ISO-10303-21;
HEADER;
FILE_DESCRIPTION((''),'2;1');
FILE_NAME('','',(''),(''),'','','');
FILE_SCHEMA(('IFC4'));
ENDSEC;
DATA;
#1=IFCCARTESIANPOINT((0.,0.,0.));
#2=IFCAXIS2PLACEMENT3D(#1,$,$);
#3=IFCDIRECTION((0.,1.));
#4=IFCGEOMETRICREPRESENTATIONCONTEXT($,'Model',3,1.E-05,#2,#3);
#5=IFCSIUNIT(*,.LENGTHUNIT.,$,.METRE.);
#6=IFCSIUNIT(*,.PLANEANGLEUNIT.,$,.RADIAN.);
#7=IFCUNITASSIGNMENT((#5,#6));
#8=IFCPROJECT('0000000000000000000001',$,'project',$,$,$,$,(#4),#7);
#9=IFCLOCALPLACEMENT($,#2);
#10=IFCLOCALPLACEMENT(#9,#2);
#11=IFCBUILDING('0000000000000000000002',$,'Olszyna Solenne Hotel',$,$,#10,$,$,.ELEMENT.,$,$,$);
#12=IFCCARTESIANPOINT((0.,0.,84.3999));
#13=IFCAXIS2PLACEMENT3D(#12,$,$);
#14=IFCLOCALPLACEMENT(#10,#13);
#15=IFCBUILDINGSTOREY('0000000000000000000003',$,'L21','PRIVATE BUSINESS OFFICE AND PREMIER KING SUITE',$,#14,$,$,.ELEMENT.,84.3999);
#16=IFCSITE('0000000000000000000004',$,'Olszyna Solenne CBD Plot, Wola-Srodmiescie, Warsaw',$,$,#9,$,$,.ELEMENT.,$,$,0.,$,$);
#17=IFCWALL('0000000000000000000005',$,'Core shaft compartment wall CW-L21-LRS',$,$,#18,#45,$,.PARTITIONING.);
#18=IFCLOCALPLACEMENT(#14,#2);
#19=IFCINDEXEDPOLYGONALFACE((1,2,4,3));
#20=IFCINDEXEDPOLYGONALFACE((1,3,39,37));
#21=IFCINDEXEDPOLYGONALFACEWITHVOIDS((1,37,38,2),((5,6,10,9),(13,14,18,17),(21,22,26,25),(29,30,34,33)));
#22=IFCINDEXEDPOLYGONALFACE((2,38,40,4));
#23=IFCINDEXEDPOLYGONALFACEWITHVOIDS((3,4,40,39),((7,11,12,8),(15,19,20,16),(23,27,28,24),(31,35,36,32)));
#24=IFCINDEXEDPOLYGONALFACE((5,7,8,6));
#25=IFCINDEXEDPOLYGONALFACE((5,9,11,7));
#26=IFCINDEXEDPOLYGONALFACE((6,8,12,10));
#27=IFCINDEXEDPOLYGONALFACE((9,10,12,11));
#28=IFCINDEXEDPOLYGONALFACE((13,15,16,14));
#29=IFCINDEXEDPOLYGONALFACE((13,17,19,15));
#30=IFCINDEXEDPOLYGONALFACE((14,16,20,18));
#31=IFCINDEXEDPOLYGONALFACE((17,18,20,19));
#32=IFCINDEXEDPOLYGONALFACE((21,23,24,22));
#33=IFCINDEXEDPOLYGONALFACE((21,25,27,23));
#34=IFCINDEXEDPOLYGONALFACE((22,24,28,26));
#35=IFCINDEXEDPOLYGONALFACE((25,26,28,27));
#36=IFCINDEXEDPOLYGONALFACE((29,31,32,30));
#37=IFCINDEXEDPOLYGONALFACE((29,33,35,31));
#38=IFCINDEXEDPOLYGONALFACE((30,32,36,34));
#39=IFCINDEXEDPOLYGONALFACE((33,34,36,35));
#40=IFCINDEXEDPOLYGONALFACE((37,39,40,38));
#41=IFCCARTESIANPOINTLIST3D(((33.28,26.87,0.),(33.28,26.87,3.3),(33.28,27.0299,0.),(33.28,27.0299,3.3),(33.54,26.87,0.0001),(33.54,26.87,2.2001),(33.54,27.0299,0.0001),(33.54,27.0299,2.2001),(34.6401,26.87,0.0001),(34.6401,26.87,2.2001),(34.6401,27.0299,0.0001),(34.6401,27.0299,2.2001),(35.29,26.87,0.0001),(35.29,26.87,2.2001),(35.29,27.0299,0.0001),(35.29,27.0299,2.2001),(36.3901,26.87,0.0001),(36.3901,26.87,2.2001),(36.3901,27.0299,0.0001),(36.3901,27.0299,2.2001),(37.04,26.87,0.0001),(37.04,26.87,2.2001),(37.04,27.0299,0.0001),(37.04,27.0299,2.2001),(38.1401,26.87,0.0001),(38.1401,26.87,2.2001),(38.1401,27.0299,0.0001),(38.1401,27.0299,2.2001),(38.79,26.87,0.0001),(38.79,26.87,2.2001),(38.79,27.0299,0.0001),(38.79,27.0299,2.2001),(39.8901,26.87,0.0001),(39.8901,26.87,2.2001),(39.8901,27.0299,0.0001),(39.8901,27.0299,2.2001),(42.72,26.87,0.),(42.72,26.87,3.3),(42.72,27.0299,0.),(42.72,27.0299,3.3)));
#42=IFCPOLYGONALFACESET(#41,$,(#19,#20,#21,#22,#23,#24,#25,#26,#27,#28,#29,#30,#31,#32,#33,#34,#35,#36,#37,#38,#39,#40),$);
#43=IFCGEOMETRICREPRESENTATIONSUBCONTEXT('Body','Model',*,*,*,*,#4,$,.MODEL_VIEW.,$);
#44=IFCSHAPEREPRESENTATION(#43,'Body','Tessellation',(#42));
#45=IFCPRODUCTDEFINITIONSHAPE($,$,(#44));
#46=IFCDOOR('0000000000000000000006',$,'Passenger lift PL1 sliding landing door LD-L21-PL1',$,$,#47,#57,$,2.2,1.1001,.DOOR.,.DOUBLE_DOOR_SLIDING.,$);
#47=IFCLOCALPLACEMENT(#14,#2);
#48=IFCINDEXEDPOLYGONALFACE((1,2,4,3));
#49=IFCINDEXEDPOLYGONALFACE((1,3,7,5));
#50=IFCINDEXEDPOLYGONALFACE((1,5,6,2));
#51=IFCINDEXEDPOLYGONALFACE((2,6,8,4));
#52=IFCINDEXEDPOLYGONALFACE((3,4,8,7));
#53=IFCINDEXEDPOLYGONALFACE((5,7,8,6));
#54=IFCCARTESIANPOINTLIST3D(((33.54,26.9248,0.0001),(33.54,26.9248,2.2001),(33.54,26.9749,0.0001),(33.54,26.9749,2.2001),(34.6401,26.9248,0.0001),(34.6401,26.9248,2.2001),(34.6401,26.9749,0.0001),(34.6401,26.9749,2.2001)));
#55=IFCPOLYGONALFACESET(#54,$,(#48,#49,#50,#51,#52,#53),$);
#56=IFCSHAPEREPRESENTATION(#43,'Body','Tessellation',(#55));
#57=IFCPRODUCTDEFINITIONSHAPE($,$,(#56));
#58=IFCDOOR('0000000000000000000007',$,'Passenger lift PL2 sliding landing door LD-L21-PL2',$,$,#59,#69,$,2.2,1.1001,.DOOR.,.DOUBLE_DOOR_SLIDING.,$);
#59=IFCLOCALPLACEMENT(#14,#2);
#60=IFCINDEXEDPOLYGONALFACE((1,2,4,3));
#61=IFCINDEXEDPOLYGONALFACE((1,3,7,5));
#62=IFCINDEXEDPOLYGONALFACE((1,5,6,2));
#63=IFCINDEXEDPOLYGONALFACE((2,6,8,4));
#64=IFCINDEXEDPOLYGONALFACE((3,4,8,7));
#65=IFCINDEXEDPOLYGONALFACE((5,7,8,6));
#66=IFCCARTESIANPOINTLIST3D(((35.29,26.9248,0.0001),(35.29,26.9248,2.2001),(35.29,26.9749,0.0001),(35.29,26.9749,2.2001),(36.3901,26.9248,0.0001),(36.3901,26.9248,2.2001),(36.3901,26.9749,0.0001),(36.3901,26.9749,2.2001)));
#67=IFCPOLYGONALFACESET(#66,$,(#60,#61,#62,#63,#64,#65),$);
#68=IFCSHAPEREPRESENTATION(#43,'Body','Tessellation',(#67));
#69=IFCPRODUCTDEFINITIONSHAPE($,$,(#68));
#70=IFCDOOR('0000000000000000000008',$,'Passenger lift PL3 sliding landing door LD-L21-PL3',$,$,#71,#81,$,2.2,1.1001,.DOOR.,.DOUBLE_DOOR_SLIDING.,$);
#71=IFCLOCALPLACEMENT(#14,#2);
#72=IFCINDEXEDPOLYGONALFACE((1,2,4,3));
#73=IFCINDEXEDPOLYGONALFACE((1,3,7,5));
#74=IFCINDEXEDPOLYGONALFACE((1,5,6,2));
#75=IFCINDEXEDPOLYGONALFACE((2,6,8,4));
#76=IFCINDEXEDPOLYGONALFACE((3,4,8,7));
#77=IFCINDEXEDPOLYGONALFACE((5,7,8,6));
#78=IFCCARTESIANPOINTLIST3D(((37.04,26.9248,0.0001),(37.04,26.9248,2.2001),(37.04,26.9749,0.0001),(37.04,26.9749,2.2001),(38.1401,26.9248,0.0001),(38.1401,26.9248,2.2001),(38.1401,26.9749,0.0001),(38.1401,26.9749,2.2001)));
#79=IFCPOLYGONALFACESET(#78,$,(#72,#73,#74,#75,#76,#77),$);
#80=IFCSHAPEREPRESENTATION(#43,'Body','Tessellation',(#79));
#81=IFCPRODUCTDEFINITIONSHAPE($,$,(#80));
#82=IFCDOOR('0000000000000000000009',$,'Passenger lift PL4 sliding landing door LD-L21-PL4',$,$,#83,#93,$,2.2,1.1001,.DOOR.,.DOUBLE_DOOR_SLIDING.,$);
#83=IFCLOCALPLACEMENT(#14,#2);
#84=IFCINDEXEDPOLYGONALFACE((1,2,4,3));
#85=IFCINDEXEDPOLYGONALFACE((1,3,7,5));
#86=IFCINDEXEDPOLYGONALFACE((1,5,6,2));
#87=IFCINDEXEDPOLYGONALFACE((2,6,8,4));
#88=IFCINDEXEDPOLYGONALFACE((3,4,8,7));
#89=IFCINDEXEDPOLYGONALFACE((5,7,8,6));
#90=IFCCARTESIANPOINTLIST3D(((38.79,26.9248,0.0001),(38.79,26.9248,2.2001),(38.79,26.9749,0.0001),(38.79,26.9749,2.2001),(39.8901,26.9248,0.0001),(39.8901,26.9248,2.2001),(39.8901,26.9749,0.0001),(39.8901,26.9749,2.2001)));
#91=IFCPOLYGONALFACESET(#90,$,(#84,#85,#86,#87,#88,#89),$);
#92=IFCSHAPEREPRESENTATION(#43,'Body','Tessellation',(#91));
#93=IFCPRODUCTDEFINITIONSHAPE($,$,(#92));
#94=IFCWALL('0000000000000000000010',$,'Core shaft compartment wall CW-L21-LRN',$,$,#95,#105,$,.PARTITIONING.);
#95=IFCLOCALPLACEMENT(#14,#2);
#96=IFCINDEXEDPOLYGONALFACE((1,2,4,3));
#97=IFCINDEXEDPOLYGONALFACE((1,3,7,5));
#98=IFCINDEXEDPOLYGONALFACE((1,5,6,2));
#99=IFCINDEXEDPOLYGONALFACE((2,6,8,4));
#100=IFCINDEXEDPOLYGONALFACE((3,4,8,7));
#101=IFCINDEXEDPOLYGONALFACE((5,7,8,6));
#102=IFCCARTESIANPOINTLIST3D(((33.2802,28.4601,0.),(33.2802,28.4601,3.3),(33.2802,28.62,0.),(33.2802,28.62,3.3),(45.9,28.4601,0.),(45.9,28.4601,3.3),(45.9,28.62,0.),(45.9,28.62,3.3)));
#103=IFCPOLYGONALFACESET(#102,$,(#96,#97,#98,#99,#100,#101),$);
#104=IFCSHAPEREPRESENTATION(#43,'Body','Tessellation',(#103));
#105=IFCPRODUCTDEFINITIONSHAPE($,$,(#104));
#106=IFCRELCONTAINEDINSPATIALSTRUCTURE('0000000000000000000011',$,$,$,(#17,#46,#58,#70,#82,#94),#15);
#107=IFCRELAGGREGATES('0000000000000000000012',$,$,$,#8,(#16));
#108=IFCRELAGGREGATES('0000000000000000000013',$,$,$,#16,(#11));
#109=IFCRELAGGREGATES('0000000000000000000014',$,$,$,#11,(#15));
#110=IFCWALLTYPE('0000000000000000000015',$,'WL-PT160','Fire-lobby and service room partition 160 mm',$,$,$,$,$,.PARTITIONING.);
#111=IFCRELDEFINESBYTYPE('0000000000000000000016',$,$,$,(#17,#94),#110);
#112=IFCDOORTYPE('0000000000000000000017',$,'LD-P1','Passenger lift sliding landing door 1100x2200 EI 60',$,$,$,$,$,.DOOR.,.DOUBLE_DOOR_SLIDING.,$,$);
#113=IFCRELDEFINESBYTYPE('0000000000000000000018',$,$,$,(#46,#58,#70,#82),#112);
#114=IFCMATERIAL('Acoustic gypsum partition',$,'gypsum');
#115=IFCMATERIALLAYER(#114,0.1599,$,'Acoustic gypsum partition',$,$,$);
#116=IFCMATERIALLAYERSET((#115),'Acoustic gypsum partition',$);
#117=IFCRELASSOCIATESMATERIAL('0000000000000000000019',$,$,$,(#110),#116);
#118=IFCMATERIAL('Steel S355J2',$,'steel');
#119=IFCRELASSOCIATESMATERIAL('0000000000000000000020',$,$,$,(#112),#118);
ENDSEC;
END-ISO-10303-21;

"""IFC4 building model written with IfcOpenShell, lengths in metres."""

from ifc_helpers import new_model, si_unit, direction, frame, frame_2d, origin, place, context, subcontext, project, spatial, rectangle, extrude, source, transform, mapped, material, layer, layer_set, type_object, type_shapes, element, fill, save


model = new_model("IFC4")

# Units and contexts
model_context = context("Model", 3, precision=1e-05, world=origin(), true_north=direction((0.0, 1.0)))
body_context = subcontext(model_context, "Body", "Model", "MODEL_VIEW")
ifc_project = project(units=[si_unit("LENGTHUNIT", "METRE"), si_unit("PLANEANGLEUNIT", "RADIAN")], contexts=[model_context])

# Site, building, storey
site_placement = place(None, origin())
site = spatial("IfcSite", under=ifc_project, at=site_placement, Name="Olszyna Solenne CBD Plot, Wola-Srodmiescie, Warsaw", CompositionType="ELEMENT", RefElevation=0.0)
building_placement = place(site_placement, origin())
building = spatial("IfcBuilding", under=site, at=building_placement, Name="Olszyna Solenne Hotel", CompositionType="ELEMENT")
storey_placement = place(building_placement, frame((0.0, 0.0, 84.3999)))
storey = spatial("IfcBuildingStorey", under=building, at=storey_placement, Name="L21", Description="PRIVATE BUSINESS OFFICE AND PREMIER KING SUITE", CompositionType="ELEMENT", Elevation=84.3999)

# Shared definitions
ifc_material_1 = material(Name="Steel S355J2", Category="steel")

# Shared definitions
ifc_material_2 = material(Name="Acoustic gypsum partition", Category="gypsum")

# Shared definitions
ifc_layer_1 = layer(ifc_material_2, 0.1599, Name="Acoustic gypsum partition")
ifc_layer_set_1 = layer_set([ifc_layer_1], Name="Acoustic gypsum partition")
wall_type_1 = type_object("IfcWallType", Name="WL-PT160", Description="Fire-lobby and service room partition 160 mm", PredefinedType="PARTITIONING", material=ifc_layer_set_1)

# Wall, openings, doors
wall_1_placement = place(storey_placement, frame((33.28, 26.95, 0.0), z_axis=(0.0, 0.0, 1.0), x_axis=(1.0, 0.0, 0.0)))
wall_1 = element("IfcWall", 1, at=wall_1_placement, inside=storey, type_object=wall_type_1, Name="Core shaft compartment wall CW-L21-LRS", PredefinedType="PARTITIONING", context=body_context, shape_type="SweptSolid", body=[
    extrude(rectangle(XDim=9.4399, YDim=0.1599, at=frame_2d((4.72, 0.0))), origin(), (0.0, 0.0, 1.0), 3.3),
])
opening_1_placement = place(wall_1_placement, frame((0.26, 0.0, 0.0)))
opening_1 = element("IfcOpeningElement", 2, at=opening_1_placement, cuts=wall_1, PredefinedType="OPENING", context=body_context, shape_type="SweptSolid", body=[
    extrude(rectangle(XDim=1.1001, YDim=2.2, at=frame_2d((0.55, 1.1001))), frame((0.0, 0.0898, 0.0), z_axis=(0.0, -1.0, 0.0), x_axis=(1.0, 0.0, 0.0)), (0.0, 0.0, 1.0), 0.1799),
])
opening_2_placement = place(wall_1_placement, frame((2.01, 0.0, 0.0)))
opening_2 = element("IfcOpeningElement", 3, at=opening_2_placement, cuts=wall_1, PredefinedType="OPENING", context=body_context, shape_type="SweptSolid", body=[
    extrude(rectangle(XDim=1.1001, YDim=2.2, at=frame_2d((0.55, 1.1001))), frame((0.0, 0.0898, 0.0), z_axis=(0.0, -1.0, 0.0), x_axis=(1.0, 0.0, 0.0)), (0.0, 0.0, 1.0), 0.1799),
])
opening_3_placement = place(wall_1_placement, frame((3.76, 0.0, 0.0)))
opening_3 = element("IfcOpeningElement", 4, at=opening_3_placement, cuts=wall_1, PredefinedType="OPENING", context=body_context, shape_type="SweptSolid", body=[
    extrude(rectangle(XDim=1.1001, YDim=2.2, at=frame_2d((0.55, 1.1001))), frame((0.0, 0.0898, 0.0), z_axis=(0.0, -1.0, 0.0), x_axis=(1.0, 0.0, 0.0)), (0.0, 0.0, 1.0), 0.1799),
])
opening_4_placement = place(wall_1_placement, frame((5.51, 0.0, 0.0)))
opening_4 = element("IfcOpeningElement", 5, at=opening_4_placement, cuts=wall_1, PredefinedType="OPENING", context=body_context, shape_type="SweptSolid", body=[
    extrude(rectangle(XDim=1.1001, YDim=2.2, at=frame_2d((0.55, 1.1001))), frame((0.0, 0.0898, 0.0), z_axis=(0.0, -1.0, 0.0), x_axis=(1.0, 0.0, 0.0)), (0.0, 0.0, 1.0), 0.1799),
])
door_type_1 = type_object("IfcDoorType", Name="LD-P1", Description="Passenger lift sliding landing door 1100x2200 EI 60", OperationType="DOUBLE_DOOR_SLIDING", PredefinedType="DOOR", material=ifc_material_1)
shared_shape_1 = source(origin(), body_context, "Body", "SweptSolid", [
    extrude(rectangle(XDim=1.1001, YDim=2.2, at=frame_2d((0.55, 1.1001))), frame((0.0, 0.0249, 0.0), z_axis=(0.0, -1.0, 0.0), x_axis=(1.0, 0.0, 0.0)), (0.0, 0.0, 1.0), 0.05),
])
type_shapes(door_type_1, [shared_shape_1])
door_1_placement = place(opening_1_placement, origin())
door_1 = element("IfcDoor", 6, at=door_1_placement, inside=storey, type_object=door_type_1, Name="Passenger lift PL1 sliding landing door LD-L21-PL1", OperationType="DOUBLE_DOOR_SLIDING", OverallHeight=2.2, OverallWidth=1.1001, PredefinedType="DOOR", context=body_context, shape_type="MappedRepresentation", body=[
    mapped(shared_shape_1, transform((0.0, 0.0, 0.0), x_axis=(1.0, 0.0, 0.0), y_axis=(0.0, 1.0, 0.0), z_axis=(0.0, 0.0, 1.0), scale=1.0)),
])
fill(opening_1, door_1)
door_2_placement = place(opening_2_placement, origin())
door_2 = element("IfcDoor", 7, at=door_2_placement, inside=storey, type_object=door_type_1, Name="Passenger lift PL2 sliding landing door LD-L21-PL2", OperationType="DOUBLE_DOOR_SLIDING", OverallHeight=2.2, OverallWidth=1.1001, PredefinedType="DOOR", context=body_context, shape_type="MappedRepresentation", body=[
    mapped(shared_shape_1, transform((0.0, 0.0, 0.0), x_axis=(1.0, 0.0, 0.0), y_axis=(0.0, 1.0, 0.0), z_axis=(0.0, 0.0, 1.0), scale=1.0)),
])
fill(opening_2, door_2)
door_3_placement = place(opening_3_placement, origin())
door_3 = element("IfcDoor", 8, at=door_3_placement, inside=storey, type_object=door_type_1, Name="Passenger lift PL3 sliding landing door LD-L21-PL3", OperationType="DOUBLE_DOOR_SLIDING", OverallHeight=2.2, OverallWidth=1.1001, PredefinedType="DOOR", context=body_context, shape_type="MappedRepresentation", body=[
    mapped(shared_shape_1, transform((0.0, 0.0, 0.0), x_axis=(1.0, 0.0, 0.0), y_axis=(0.0, 1.0, 0.0), z_axis=(0.0, 0.0, 1.0), scale=1.0)),
])
fill(opening_3, door_3)
door_4_placement = place(opening_4_placement, origin())
door_4 = element("IfcDoor", 9, at=door_4_placement, inside=storey, type_object=door_type_1, Name="Passenger lift PL4 sliding landing door LD-L21-PL4", OperationType="DOUBLE_DOOR_SLIDING", OverallHeight=2.2, OverallWidth=1.1001, PredefinedType="DOOR", context=body_context, shape_type="MappedRepresentation", body=[
    mapped(shared_shape_1, transform((0.0, 0.0, 0.0), x_axis=(1.0, 0.0, 0.0), y_axis=(0.0, 1.0, 0.0), z_axis=(0.0, 0.0, 1.0), scale=1.0)),
])
fill(opening_4, door_4)

# Wall
wall_2_placement = place(storey_placement, frame((33.28, 28.54, 0.0), z_axis=(0.0, 0.0, 1.0), x_axis=(1.0, 0.0, 0.0)))
element("IfcWall", 10, at=wall_2_placement, inside=storey, type_object=wall_type_1, Name="Core shaft compartment wall CW-L21-LRN", PredefinedType="PARTITIONING", context=body_context, shape_type="SweptSolid", body=[
    extrude(rectangle(XDim=12.6199, YDim=0.1599, at=frame_2d((6.3101, 0.0))), origin(), (0.0, 0.0, 1.0), 3.3),
])

save(model, "model.ifc")
